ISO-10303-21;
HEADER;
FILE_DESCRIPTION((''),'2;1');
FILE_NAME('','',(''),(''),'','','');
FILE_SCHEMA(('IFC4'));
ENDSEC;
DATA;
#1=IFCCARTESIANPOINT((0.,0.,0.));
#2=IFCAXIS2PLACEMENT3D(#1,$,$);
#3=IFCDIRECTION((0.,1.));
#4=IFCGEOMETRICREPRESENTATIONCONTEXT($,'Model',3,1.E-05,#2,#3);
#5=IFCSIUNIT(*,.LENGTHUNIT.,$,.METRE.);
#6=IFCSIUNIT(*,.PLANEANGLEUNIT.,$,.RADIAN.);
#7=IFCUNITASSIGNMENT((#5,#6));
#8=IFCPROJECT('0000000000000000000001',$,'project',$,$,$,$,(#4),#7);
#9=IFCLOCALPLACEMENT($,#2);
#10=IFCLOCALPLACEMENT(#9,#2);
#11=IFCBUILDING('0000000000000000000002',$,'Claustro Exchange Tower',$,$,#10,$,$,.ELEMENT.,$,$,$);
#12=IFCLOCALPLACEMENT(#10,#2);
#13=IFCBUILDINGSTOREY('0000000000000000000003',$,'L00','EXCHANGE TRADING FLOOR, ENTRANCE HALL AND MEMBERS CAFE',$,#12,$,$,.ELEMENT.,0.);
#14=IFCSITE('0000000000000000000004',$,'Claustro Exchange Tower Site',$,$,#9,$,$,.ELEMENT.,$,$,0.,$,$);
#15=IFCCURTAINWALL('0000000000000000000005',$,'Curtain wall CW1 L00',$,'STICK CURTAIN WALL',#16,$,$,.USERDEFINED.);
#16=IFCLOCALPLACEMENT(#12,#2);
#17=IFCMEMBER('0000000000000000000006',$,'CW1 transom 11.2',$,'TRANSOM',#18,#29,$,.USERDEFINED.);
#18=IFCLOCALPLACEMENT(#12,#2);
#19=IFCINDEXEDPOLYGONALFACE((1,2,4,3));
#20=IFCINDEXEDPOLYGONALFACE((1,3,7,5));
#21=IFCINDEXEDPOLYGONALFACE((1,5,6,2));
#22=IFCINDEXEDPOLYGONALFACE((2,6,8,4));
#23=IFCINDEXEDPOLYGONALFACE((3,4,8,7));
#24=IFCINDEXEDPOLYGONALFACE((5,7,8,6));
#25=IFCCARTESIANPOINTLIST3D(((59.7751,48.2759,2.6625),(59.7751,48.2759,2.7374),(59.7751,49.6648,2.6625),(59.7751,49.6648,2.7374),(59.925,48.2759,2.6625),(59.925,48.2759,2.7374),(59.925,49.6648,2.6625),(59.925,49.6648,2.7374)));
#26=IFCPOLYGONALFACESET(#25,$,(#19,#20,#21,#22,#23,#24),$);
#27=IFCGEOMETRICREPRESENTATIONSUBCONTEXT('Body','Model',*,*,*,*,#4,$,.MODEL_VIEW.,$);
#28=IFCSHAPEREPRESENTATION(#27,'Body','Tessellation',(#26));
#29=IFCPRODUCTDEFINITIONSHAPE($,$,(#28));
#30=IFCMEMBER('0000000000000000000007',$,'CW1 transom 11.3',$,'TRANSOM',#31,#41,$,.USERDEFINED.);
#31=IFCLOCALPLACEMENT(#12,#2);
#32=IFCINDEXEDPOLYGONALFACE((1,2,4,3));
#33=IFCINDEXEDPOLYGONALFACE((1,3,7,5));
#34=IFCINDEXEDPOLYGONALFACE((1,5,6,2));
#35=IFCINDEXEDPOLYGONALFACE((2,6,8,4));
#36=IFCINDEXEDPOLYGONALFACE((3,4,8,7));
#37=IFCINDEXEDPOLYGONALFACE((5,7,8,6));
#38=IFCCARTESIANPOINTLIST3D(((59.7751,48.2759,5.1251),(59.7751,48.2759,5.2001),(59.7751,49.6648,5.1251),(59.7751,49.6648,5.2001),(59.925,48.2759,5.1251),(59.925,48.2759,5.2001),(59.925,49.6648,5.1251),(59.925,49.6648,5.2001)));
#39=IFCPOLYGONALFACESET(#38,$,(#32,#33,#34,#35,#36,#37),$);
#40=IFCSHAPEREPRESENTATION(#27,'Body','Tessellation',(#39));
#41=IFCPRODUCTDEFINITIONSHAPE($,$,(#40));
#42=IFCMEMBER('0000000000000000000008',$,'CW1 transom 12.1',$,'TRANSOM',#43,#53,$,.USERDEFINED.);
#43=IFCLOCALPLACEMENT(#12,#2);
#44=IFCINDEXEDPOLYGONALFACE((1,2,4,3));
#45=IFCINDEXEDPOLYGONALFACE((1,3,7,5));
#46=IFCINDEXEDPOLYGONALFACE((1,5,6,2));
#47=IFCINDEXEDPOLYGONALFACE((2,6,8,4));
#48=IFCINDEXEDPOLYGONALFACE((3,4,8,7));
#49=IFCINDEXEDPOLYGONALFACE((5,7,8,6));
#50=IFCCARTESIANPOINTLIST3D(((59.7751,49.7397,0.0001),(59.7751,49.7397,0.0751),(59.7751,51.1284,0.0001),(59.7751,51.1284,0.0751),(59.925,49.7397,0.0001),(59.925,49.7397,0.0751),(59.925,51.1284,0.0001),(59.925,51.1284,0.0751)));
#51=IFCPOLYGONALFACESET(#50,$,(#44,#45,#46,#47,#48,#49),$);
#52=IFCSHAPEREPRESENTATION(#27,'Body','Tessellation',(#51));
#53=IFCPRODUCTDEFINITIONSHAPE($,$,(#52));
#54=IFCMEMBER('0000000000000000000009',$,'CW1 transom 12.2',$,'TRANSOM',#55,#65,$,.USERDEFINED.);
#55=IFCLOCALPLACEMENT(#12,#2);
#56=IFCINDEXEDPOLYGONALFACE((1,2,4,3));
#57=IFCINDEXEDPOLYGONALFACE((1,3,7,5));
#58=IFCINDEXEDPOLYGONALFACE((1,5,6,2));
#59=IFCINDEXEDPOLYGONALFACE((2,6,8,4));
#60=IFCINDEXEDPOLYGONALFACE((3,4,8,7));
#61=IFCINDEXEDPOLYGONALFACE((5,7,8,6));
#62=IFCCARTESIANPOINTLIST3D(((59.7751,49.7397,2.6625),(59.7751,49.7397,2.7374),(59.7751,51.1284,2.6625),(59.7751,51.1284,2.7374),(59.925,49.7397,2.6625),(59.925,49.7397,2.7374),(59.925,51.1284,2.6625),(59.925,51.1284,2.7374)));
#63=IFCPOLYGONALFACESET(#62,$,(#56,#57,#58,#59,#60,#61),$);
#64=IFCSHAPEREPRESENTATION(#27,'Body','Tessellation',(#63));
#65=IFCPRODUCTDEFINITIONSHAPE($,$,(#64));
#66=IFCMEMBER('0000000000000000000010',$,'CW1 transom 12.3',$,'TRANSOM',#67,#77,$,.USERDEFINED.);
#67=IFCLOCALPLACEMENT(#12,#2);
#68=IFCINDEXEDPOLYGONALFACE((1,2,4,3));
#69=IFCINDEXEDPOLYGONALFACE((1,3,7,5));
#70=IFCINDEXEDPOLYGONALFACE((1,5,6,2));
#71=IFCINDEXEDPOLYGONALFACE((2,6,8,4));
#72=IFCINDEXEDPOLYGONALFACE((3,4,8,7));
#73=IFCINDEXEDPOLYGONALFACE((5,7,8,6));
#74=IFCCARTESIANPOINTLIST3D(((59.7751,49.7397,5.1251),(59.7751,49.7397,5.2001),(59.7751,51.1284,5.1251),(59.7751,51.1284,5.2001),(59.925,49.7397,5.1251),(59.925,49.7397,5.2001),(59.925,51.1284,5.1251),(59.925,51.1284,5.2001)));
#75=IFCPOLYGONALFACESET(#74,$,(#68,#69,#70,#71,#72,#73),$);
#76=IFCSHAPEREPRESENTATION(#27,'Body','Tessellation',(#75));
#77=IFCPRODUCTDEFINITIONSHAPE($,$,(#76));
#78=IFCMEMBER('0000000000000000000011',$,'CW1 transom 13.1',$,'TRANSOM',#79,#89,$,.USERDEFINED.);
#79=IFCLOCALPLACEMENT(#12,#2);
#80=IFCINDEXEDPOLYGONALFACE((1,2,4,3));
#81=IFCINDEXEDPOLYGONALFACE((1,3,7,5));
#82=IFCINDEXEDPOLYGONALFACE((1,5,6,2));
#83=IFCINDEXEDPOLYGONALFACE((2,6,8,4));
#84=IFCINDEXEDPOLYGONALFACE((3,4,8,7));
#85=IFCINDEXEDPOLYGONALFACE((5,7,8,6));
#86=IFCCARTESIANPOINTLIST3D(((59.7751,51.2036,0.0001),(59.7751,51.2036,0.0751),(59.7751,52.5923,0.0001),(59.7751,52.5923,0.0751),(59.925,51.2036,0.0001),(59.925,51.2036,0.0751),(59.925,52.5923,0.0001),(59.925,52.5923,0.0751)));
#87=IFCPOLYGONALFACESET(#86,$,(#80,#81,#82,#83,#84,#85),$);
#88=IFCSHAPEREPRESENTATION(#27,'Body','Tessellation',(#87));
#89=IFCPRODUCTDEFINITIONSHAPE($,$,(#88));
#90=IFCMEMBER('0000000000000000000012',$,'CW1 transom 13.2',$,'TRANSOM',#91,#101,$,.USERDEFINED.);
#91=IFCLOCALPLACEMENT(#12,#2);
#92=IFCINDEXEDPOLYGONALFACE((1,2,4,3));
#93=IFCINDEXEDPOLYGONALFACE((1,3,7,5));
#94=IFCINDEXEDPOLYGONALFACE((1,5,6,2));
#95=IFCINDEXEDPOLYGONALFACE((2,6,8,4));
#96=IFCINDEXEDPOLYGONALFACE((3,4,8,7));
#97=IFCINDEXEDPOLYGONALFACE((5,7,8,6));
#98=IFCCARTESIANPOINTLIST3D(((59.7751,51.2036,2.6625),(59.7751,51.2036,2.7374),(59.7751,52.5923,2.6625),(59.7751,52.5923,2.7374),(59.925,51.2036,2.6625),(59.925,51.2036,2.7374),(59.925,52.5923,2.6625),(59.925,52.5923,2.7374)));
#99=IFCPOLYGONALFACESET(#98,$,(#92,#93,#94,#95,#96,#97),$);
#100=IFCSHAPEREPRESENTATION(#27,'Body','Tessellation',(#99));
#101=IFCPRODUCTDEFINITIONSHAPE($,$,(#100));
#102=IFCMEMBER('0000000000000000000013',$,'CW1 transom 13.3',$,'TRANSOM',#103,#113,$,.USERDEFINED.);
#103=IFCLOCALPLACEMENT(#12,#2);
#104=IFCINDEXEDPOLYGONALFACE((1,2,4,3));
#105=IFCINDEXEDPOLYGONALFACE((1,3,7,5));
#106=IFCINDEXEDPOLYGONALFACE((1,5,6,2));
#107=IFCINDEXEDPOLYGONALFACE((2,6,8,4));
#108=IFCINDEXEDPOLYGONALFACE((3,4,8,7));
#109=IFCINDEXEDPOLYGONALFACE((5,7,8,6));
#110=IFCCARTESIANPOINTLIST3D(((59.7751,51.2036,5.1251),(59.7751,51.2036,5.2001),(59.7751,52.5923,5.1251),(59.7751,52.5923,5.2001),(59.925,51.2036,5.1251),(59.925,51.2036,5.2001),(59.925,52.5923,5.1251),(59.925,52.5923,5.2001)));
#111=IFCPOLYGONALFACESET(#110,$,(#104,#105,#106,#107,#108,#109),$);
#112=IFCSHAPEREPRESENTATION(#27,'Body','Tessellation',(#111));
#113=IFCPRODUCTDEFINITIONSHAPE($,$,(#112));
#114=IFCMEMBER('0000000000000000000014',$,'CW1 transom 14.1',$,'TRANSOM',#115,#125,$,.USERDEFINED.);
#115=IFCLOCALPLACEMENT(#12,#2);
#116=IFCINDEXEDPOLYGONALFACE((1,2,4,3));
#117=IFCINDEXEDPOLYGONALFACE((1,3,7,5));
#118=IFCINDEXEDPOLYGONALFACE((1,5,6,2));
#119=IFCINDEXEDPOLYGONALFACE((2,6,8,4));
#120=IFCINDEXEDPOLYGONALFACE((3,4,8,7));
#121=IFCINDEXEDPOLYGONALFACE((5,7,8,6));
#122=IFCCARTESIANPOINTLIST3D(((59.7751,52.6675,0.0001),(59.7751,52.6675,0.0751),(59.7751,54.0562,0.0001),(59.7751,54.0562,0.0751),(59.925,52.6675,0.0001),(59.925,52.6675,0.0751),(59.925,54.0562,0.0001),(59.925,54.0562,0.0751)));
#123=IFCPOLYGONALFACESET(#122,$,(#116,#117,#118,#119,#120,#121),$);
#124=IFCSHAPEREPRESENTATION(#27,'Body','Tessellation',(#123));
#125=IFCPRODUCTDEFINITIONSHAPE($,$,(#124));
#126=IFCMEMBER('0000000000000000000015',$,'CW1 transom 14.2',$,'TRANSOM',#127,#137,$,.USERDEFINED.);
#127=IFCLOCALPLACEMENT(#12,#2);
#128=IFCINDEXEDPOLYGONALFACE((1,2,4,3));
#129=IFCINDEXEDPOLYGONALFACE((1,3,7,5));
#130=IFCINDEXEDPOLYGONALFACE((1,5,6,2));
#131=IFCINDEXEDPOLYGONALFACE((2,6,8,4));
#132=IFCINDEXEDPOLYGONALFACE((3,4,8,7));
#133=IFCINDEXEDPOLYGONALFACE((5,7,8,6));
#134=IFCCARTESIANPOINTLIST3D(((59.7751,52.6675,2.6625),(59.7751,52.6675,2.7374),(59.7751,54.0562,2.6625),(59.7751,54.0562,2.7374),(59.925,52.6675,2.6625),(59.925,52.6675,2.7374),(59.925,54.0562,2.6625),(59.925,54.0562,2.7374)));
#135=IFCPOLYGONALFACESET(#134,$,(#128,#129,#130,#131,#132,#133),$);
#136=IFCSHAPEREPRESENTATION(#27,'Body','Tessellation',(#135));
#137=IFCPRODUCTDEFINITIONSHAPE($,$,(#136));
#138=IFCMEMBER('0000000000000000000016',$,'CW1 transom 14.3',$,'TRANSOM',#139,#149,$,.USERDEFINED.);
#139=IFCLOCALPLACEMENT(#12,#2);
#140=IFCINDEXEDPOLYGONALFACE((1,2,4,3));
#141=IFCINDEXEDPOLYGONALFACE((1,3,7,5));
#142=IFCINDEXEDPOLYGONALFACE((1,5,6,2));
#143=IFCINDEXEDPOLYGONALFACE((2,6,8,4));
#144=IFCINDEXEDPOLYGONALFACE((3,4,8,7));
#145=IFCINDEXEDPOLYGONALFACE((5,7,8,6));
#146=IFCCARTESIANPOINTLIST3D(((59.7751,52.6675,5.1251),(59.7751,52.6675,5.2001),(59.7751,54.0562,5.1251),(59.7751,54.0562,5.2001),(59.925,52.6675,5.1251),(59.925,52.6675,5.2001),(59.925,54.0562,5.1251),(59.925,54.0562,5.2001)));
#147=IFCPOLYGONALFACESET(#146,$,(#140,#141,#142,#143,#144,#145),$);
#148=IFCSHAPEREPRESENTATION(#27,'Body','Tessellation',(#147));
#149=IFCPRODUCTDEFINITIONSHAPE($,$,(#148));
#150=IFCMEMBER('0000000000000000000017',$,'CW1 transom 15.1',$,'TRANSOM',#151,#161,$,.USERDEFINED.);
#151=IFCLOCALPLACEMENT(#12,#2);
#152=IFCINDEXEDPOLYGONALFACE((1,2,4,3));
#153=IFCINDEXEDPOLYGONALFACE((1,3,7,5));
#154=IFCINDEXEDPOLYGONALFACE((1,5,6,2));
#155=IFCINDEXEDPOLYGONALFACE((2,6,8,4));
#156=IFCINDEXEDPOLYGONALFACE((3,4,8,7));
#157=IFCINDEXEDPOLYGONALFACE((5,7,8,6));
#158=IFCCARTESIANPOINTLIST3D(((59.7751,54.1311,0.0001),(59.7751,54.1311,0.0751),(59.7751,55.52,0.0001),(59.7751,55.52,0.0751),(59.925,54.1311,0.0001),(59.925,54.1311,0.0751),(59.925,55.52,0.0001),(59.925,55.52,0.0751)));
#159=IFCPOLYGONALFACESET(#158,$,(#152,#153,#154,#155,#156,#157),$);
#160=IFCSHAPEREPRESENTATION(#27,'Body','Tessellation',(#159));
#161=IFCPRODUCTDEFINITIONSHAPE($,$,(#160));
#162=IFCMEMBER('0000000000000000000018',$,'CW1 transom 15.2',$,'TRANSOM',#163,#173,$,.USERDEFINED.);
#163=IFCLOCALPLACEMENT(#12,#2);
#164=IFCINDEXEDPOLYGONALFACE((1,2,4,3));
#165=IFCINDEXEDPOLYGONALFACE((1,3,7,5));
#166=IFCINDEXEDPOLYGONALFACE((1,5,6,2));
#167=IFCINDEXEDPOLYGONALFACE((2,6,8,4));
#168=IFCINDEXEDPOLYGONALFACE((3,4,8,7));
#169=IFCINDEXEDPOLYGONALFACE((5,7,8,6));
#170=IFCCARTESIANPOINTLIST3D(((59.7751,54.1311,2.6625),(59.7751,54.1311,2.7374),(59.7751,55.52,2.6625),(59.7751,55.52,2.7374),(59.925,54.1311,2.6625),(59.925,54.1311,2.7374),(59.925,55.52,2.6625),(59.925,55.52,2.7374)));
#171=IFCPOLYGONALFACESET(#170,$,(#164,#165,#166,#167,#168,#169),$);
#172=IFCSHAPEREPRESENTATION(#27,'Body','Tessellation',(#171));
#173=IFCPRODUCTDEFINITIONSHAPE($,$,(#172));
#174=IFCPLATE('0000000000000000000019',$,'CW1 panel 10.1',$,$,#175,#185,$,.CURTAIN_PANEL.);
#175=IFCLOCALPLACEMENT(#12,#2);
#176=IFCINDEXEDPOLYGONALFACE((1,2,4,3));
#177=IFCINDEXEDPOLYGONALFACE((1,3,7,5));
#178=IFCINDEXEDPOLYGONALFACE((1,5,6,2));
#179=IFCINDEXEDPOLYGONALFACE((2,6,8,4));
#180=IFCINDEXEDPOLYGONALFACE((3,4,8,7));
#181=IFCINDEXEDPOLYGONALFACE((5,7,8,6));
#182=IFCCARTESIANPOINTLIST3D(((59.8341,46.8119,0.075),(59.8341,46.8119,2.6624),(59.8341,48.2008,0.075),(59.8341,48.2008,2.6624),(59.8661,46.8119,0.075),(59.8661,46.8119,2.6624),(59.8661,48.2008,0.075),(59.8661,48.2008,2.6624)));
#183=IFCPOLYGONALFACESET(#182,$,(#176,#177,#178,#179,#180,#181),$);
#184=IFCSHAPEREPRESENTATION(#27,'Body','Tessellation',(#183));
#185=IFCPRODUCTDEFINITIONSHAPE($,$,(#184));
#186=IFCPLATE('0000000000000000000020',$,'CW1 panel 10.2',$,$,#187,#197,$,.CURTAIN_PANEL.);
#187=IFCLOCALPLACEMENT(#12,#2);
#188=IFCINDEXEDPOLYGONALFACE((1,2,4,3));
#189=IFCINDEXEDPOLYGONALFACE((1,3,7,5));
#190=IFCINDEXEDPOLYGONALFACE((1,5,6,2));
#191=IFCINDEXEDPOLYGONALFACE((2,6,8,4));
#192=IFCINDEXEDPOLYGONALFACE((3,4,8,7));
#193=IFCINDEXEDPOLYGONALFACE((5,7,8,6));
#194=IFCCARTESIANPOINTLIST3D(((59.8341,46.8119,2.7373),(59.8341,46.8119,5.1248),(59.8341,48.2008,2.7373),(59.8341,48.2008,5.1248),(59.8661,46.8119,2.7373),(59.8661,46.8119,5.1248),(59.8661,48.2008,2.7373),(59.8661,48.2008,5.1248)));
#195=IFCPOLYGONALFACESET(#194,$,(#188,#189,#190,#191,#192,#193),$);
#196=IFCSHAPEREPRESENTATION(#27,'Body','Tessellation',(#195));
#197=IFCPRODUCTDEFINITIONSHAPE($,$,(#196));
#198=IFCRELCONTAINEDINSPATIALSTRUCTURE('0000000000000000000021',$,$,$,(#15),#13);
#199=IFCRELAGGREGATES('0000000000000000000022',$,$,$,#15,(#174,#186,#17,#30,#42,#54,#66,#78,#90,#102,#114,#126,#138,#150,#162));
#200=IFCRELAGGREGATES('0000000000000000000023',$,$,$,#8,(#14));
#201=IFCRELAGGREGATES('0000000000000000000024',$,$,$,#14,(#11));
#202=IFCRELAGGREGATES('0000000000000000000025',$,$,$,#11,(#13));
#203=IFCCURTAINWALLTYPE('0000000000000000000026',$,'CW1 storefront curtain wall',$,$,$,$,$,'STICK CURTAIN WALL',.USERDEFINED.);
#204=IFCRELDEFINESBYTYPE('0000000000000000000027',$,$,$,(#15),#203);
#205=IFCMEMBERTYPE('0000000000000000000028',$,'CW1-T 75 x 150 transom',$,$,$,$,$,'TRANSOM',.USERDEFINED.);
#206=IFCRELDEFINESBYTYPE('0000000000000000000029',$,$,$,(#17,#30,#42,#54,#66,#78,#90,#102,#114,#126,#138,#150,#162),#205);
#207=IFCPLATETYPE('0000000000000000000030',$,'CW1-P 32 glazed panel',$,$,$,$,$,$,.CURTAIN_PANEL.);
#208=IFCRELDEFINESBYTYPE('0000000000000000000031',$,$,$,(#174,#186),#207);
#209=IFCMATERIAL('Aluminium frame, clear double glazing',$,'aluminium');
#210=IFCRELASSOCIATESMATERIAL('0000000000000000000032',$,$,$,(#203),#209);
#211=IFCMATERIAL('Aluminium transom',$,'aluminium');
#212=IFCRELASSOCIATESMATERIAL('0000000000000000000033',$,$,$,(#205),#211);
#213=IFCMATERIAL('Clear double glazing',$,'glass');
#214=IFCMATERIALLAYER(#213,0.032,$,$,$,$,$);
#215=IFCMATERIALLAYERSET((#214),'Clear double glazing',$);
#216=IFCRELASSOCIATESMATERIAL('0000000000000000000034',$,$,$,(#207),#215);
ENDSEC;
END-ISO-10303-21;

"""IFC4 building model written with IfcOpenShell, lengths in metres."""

from ifc_helpers import new_model, si_unit, direction, frame, origin, origin_2d, place, context, subcontext, project, spatial, rectangle, extrude, material, layer, layer_set, material_profile, profile_set, type_object, element, aggregate, save


model = new_model("IFC4")

# Units and contexts
model_context = context("Model", 3, precision=1e-05, world=origin(), true_north=direction((0.0, 1.0)))
body_context = subcontext(model_context, "Body", "Model", "MODEL_VIEW")
ifc_project = project(units=[si_unit("LENGTHUNIT", "METRE"), si_unit("PLANEANGLEUNIT", "RADIAN")], contexts=[model_context])

# Site, building, storey
site_placement = place(None, origin())
site = spatial("IfcSite", under=ifc_project, at=site_placement, Name="Claustro Exchange Tower Site", CompositionType="ELEMENT", RefElevation=0.0)
building_placement = place(site_placement, origin())
building = spatial("IfcBuilding", under=site, at=building_placement, Name="Claustro Exchange Tower", CompositionType="ELEMENT")
storey_placement = place(building_placement, origin())
storey = spatial("IfcBuildingStorey", under=building, at=storey_placement, Name="L00", Description="EXCHANGE TRADING FLOOR, ENTRANCE HALL AND MEMBERS CAFE", CompositionType="ELEMENT", Elevation=0.0)

# Curtain wall, members, plates
ifc_material_1 = material(Name="Aluminium frame, clear double glazing", Category="aluminium")
curtain_wall_type = type_object("IfcCurtainWallType", Name="CW1 storefront curtain wall", ElementType="STICK CURTAIN WALL", PredefinedType="USERDEFINED", material=ifc_material_1)
curtain_wall_placement = place(storey_placement, origin())
curtain_wall = element("IfcCurtainWall", 1, at=curtain_wall_placement, inside=storey, type_object=curtain_wall_type, Name="Curtain wall CW1 L00", ObjectType="STICK CURTAIN WALL", PredefinedType="USERDEFINED")
ifc_material_2 = material(Name="Aluminium transom", Category="aluminium")
ifc_material_profile_1 = material_profile(ifc_material_2, rectangle(XDim=0.1499, YDim=0.075, at=origin_2d()), Name="CW1-T 75x150")
ifc_profile_set_1 = profile_set([ifc_material_profile_1], Name="Aluminium transom")
member_type_1 = type_object("IfcMemberType", Name="CW1-T 75 x 150 transom", ElementType="TRANSOM", PredefinedType="USERDEFINED", material=ifc_profile_set_1)
member_1_placement = place(storey_placement, frame((59.8501, 48.2759, 2.7), z_axis=(0.0, 1.0, 0.0), x_axis=(-1.0, 0.0, 0.0)))
member_1 = element("IfcMember", 2, at=member_1_placement, type_object=member_type_1, Name="CW1 transom 11.2", ObjectType="TRANSOM", PredefinedType="USERDEFINED", context=body_context, shape_type="SweptSolid", body=[
    extrude(rectangle(XDim=0.1499, YDim=0.075, at=origin_2d()), origin(), (0.0, 0.0, 1.0), 1.3889),
])
member_2_placement = place(storey_placement, frame((59.8501, 48.2759, 5.1626), z_axis=(0.0, 1.0, 0.0), x_axis=(-1.0, 0.0, 0.0)))
member_2 = element("IfcMember", 3, at=member_2_placement, type_object=member_type_1, Name="CW1 transom 11.3", ObjectType="TRANSOM", PredefinedType="USERDEFINED", context=body_context, shape_type="SweptSolid", body=[
    extrude(rectangle(XDim=0.1499, YDim=0.075, at=origin_2d()), origin(), (0.0, 0.0, 1.0), 1.3889),
])
member_3_placement = place(storey_placement, frame((59.8501, 49.7397, 0.0376), z_axis=(0.0, 1.0, 0.0), x_axis=(-1.0, 0.0, 0.0)))
member_3 = element("IfcMember", 4, at=member_3_placement, type_object=member_type_1, Name="CW1 transom 12.1", ObjectType="TRANSOM", PredefinedType="USERDEFINED", context=body_context, shape_type="SweptSolid", body=[
    extrude(rectangle(XDim=0.1499, YDim=0.075, at=origin_2d()), origin(), (0.0, 0.0, 1.0), 1.3887),
])
member_4_placement = place(storey_placement, frame((59.8501, 49.7397, 2.7), z_axis=(0.0, 1.0, 0.0), x_axis=(-1.0, 0.0, 0.0)))
member_4 = element("IfcMember", 5, at=member_4_placement, type_object=member_type_1, Name="CW1 transom 12.2", ObjectType="TRANSOM", PredefinedType="USERDEFINED", context=body_context, shape_type="SweptSolid", body=[
    extrude(rectangle(XDim=0.1499, YDim=0.075, at=origin_2d()), origin(), (0.0, 0.0, 1.0), 1.3887),
])
member_5_placement = place(storey_placement, frame((59.8501, 49.7397, 5.1626), z_axis=(0.0, 1.0, 0.0), x_axis=(-1.0, 0.0, 0.0)))
member_5 = element("IfcMember", 6, at=member_5_placement, type_object=member_type_1, Name="CW1 transom 12.3", ObjectType="TRANSOM", PredefinedType="USERDEFINED", context=body_context, shape_type="SweptSolid", body=[
    extrude(rectangle(XDim=0.1499, YDim=0.075, at=origin_2d()), origin(), (0.0, 0.0, 1.0), 1.3887),
])
member_6_placement = place(storey_placement, frame((59.8501, 51.2036, 0.0376), z_axis=(0.0, 1.0, 0.0), x_axis=(-1.0, 0.0, 0.0)))
member_6 = element("IfcMember", 7, at=member_6_placement, type_object=member_type_1, Name="CW1 transom 13.1", ObjectType="TRANSOM", PredefinedType="USERDEFINED", context=body_context, shape_type="SweptSolid", body=[
    extrude(rectangle(XDim=0.1499, YDim=0.075, at=origin_2d()), origin(), (0.0, 0.0, 1.0), 1.3887),
])
member_7_placement = place(storey_placement, frame((59.8501, 51.2036, 2.7), z_axis=(0.0, 1.0, 0.0), x_axis=(-1.0, 0.0, 0.0)))
member_7 = element("IfcMember", 8, at=member_7_placement, type_object=member_type_1, Name="CW1 transom 13.2", ObjectType="TRANSOM", PredefinedType="USERDEFINED", context=body_context, shape_type="SweptSolid", body=[
    extrude(rectangle(XDim=0.1499, YDim=0.075, at=origin_2d()), origin(), (0.0, 0.0, 1.0), 1.3887),
])
member_8_placement = place(storey_placement, frame((59.8501, 51.2036, 5.1626), z_axis=(0.0, 1.0, 0.0), x_axis=(-1.0, 0.0, 0.0)))
member_8 = element("IfcMember", 9, at=member_8_placement, type_object=member_type_1, Name="CW1 transom 13.3", ObjectType="TRANSOM", PredefinedType="USERDEFINED", context=body_context, shape_type="SweptSolid", body=[
    extrude(rectangle(XDim=0.1499, YDim=0.075, at=origin_2d()), origin(), (0.0, 0.0, 1.0), 1.3887),
])
member_9_placement = place(storey_placement, frame((59.8501, 52.6675, 0.0376), z_axis=(0.0, 1.0, 0.0), x_axis=(-1.0, 0.0, 0.0)))
member_9 = element("IfcMember", 10, at=member_9_placement, type_object=member_type_1, Name="CW1 transom 14.1", ObjectType="TRANSOM", PredefinedType="USERDEFINED", context=body_context, shape_type="SweptSolid", body=[
    extrude(rectangle(XDim=0.1499, YDim=0.075, at=origin_2d()), origin(), (0.0, 0.0, 1.0), 1.3887),
])
member_10_placement = place(storey_placement, frame((59.8501, 52.6675, 2.7), z_axis=(0.0, 1.0, 0.0), x_axis=(-1.0, 0.0, 0.0)))
member_10 = element("IfcMember", 11, at=member_10_placement, type_object=member_type_1, Name="CW1 transom 14.2", ObjectType="TRANSOM", PredefinedType="USERDEFINED", context=body_context, shape_type="SweptSolid", body=[
    extrude(rectangle(XDim=0.1499, YDim=0.075, at=origin_2d()), origin(), (0.0, 0.0, 1.0), 1.3887),
])
member_11_placement = place(storey_placement, frame((59.8501, 52.6675, 5.1626), z_axis=(0.0, 1.0, 0.0), x_axis=(-1.0, 0.0, 0.0)))
member_11 = element("IfcMember", 12, at=member_11_placement, type_object=member_type_1, Name="CW1 transom 14.3", ObjectType="TRANSOM", PredefinedType="USERDEFINED", context=body_context, shape_type="SweptSolid", body=[
    extrude(rectangle(XDim=0.1499, YDim=0.075, at=origin_2d()), origin(), (0.0, 0.0, 1.0), 1.3887),
])
member_12_placement = place(storey_placement, frame((59.8501, 54.1311, 0.0376), z_axis=(0.0, 1.0, 0.0), x_axis=(-1.0, 0.0, 0.0)))
member_12 = element("IfcMember", 13, at=member_12_placement, type_object=member_type_1, Name="CW1 transom 15.1", ObjectType="TRANSOM", PredefinedType="USERDEFINED", context=body_context, shape_type="SweptSolid", body=[
    extrude(rectangle(XDim=0.1499, YDim=0.075, at=origin_2d()), origin(), (0.0, 0.0, 1.0), 1.3889),
])
member_13_placement = place(storey_placement, frame((59.8501, 54.1311, 2.7), z_axis=(0.0, 1.0, 0.0), x_axis=(-1.0, 0.0, 0.0)))
member_13 = element("IfcMember", 14, at=member_13_placement, type_object=member_type_1, Name="CW1 transom 15.2", ObjectType="TRANSOM", PredefinedType="USERDEFINED", context=body_context, shape_type="SweptSolid", body=[
    extrude(rectangle(XDim=0.1499, YDim=0.075, at=origin_2d()), origin(), (0.0, 0.0, 1.0), 1.3889),
])
ifc_material_3 = material(Name="Clear double glazing", Category="glass")
ifc_layer = layer(ifc_material_3, 0.032)
ifc_layer_set = layer_set([ifc_layer], Name="Clear double glazing")
plate_type = type_object("IfcPlateType", Name="CW1-P 32 glazed panel", PredefinedType="CURTAIN_PANEL", material=ifc_layer_set)
plate_1_placement = place(storey_placement, frame((59.8501, 47.5063, 0.075), z_axis=(0.0, 0.0, 1.0), x_axis=(0.0, 1.0, 0.0)))
plate_1 = element("IfcPlate", 15, at=plate_1_placement, type_object=plate_type, Name="CW1 panel 10.1", PredefinedType="CURTAIN_PANEL", context=body_context, shape_type="SweptSolid", body=[
    extrude(rectangle(XDim=1.3889, YDim=0.032, at=origin_2d()), origin(), (0.0, 0.0, 1.0), 2.5874),
])
plate_2_placement = place(storey_placement, frame((59.8501, 47.5063, 2.7373), z_axis=(0.0, 0.0, 1.0), x_axis=(0.0, 1.0, 0.0)))
plate_2 = element("IfcPlate", 16, at=plate_2_placement, type_object=plate_type, Name="CW1 panel 10.2", PredefinedType="CURTAIN_PANEL", context=body_context, shape_type="SweptSolid", body=[
    extrude(rectangle(XDim=1.3889, YDim=0.032, at=origin_2d()), origin(), (0.0, 0.0, 1.0), 2.3875),
])
aggregate(curtain_wall, [plate_1, plate_2, member_1, member_2, member_3, member_4, member_5, member_6, member_7, member_8, member_9, member_10, member_11, member_12, member_13])

save(model, "model.ifc")
